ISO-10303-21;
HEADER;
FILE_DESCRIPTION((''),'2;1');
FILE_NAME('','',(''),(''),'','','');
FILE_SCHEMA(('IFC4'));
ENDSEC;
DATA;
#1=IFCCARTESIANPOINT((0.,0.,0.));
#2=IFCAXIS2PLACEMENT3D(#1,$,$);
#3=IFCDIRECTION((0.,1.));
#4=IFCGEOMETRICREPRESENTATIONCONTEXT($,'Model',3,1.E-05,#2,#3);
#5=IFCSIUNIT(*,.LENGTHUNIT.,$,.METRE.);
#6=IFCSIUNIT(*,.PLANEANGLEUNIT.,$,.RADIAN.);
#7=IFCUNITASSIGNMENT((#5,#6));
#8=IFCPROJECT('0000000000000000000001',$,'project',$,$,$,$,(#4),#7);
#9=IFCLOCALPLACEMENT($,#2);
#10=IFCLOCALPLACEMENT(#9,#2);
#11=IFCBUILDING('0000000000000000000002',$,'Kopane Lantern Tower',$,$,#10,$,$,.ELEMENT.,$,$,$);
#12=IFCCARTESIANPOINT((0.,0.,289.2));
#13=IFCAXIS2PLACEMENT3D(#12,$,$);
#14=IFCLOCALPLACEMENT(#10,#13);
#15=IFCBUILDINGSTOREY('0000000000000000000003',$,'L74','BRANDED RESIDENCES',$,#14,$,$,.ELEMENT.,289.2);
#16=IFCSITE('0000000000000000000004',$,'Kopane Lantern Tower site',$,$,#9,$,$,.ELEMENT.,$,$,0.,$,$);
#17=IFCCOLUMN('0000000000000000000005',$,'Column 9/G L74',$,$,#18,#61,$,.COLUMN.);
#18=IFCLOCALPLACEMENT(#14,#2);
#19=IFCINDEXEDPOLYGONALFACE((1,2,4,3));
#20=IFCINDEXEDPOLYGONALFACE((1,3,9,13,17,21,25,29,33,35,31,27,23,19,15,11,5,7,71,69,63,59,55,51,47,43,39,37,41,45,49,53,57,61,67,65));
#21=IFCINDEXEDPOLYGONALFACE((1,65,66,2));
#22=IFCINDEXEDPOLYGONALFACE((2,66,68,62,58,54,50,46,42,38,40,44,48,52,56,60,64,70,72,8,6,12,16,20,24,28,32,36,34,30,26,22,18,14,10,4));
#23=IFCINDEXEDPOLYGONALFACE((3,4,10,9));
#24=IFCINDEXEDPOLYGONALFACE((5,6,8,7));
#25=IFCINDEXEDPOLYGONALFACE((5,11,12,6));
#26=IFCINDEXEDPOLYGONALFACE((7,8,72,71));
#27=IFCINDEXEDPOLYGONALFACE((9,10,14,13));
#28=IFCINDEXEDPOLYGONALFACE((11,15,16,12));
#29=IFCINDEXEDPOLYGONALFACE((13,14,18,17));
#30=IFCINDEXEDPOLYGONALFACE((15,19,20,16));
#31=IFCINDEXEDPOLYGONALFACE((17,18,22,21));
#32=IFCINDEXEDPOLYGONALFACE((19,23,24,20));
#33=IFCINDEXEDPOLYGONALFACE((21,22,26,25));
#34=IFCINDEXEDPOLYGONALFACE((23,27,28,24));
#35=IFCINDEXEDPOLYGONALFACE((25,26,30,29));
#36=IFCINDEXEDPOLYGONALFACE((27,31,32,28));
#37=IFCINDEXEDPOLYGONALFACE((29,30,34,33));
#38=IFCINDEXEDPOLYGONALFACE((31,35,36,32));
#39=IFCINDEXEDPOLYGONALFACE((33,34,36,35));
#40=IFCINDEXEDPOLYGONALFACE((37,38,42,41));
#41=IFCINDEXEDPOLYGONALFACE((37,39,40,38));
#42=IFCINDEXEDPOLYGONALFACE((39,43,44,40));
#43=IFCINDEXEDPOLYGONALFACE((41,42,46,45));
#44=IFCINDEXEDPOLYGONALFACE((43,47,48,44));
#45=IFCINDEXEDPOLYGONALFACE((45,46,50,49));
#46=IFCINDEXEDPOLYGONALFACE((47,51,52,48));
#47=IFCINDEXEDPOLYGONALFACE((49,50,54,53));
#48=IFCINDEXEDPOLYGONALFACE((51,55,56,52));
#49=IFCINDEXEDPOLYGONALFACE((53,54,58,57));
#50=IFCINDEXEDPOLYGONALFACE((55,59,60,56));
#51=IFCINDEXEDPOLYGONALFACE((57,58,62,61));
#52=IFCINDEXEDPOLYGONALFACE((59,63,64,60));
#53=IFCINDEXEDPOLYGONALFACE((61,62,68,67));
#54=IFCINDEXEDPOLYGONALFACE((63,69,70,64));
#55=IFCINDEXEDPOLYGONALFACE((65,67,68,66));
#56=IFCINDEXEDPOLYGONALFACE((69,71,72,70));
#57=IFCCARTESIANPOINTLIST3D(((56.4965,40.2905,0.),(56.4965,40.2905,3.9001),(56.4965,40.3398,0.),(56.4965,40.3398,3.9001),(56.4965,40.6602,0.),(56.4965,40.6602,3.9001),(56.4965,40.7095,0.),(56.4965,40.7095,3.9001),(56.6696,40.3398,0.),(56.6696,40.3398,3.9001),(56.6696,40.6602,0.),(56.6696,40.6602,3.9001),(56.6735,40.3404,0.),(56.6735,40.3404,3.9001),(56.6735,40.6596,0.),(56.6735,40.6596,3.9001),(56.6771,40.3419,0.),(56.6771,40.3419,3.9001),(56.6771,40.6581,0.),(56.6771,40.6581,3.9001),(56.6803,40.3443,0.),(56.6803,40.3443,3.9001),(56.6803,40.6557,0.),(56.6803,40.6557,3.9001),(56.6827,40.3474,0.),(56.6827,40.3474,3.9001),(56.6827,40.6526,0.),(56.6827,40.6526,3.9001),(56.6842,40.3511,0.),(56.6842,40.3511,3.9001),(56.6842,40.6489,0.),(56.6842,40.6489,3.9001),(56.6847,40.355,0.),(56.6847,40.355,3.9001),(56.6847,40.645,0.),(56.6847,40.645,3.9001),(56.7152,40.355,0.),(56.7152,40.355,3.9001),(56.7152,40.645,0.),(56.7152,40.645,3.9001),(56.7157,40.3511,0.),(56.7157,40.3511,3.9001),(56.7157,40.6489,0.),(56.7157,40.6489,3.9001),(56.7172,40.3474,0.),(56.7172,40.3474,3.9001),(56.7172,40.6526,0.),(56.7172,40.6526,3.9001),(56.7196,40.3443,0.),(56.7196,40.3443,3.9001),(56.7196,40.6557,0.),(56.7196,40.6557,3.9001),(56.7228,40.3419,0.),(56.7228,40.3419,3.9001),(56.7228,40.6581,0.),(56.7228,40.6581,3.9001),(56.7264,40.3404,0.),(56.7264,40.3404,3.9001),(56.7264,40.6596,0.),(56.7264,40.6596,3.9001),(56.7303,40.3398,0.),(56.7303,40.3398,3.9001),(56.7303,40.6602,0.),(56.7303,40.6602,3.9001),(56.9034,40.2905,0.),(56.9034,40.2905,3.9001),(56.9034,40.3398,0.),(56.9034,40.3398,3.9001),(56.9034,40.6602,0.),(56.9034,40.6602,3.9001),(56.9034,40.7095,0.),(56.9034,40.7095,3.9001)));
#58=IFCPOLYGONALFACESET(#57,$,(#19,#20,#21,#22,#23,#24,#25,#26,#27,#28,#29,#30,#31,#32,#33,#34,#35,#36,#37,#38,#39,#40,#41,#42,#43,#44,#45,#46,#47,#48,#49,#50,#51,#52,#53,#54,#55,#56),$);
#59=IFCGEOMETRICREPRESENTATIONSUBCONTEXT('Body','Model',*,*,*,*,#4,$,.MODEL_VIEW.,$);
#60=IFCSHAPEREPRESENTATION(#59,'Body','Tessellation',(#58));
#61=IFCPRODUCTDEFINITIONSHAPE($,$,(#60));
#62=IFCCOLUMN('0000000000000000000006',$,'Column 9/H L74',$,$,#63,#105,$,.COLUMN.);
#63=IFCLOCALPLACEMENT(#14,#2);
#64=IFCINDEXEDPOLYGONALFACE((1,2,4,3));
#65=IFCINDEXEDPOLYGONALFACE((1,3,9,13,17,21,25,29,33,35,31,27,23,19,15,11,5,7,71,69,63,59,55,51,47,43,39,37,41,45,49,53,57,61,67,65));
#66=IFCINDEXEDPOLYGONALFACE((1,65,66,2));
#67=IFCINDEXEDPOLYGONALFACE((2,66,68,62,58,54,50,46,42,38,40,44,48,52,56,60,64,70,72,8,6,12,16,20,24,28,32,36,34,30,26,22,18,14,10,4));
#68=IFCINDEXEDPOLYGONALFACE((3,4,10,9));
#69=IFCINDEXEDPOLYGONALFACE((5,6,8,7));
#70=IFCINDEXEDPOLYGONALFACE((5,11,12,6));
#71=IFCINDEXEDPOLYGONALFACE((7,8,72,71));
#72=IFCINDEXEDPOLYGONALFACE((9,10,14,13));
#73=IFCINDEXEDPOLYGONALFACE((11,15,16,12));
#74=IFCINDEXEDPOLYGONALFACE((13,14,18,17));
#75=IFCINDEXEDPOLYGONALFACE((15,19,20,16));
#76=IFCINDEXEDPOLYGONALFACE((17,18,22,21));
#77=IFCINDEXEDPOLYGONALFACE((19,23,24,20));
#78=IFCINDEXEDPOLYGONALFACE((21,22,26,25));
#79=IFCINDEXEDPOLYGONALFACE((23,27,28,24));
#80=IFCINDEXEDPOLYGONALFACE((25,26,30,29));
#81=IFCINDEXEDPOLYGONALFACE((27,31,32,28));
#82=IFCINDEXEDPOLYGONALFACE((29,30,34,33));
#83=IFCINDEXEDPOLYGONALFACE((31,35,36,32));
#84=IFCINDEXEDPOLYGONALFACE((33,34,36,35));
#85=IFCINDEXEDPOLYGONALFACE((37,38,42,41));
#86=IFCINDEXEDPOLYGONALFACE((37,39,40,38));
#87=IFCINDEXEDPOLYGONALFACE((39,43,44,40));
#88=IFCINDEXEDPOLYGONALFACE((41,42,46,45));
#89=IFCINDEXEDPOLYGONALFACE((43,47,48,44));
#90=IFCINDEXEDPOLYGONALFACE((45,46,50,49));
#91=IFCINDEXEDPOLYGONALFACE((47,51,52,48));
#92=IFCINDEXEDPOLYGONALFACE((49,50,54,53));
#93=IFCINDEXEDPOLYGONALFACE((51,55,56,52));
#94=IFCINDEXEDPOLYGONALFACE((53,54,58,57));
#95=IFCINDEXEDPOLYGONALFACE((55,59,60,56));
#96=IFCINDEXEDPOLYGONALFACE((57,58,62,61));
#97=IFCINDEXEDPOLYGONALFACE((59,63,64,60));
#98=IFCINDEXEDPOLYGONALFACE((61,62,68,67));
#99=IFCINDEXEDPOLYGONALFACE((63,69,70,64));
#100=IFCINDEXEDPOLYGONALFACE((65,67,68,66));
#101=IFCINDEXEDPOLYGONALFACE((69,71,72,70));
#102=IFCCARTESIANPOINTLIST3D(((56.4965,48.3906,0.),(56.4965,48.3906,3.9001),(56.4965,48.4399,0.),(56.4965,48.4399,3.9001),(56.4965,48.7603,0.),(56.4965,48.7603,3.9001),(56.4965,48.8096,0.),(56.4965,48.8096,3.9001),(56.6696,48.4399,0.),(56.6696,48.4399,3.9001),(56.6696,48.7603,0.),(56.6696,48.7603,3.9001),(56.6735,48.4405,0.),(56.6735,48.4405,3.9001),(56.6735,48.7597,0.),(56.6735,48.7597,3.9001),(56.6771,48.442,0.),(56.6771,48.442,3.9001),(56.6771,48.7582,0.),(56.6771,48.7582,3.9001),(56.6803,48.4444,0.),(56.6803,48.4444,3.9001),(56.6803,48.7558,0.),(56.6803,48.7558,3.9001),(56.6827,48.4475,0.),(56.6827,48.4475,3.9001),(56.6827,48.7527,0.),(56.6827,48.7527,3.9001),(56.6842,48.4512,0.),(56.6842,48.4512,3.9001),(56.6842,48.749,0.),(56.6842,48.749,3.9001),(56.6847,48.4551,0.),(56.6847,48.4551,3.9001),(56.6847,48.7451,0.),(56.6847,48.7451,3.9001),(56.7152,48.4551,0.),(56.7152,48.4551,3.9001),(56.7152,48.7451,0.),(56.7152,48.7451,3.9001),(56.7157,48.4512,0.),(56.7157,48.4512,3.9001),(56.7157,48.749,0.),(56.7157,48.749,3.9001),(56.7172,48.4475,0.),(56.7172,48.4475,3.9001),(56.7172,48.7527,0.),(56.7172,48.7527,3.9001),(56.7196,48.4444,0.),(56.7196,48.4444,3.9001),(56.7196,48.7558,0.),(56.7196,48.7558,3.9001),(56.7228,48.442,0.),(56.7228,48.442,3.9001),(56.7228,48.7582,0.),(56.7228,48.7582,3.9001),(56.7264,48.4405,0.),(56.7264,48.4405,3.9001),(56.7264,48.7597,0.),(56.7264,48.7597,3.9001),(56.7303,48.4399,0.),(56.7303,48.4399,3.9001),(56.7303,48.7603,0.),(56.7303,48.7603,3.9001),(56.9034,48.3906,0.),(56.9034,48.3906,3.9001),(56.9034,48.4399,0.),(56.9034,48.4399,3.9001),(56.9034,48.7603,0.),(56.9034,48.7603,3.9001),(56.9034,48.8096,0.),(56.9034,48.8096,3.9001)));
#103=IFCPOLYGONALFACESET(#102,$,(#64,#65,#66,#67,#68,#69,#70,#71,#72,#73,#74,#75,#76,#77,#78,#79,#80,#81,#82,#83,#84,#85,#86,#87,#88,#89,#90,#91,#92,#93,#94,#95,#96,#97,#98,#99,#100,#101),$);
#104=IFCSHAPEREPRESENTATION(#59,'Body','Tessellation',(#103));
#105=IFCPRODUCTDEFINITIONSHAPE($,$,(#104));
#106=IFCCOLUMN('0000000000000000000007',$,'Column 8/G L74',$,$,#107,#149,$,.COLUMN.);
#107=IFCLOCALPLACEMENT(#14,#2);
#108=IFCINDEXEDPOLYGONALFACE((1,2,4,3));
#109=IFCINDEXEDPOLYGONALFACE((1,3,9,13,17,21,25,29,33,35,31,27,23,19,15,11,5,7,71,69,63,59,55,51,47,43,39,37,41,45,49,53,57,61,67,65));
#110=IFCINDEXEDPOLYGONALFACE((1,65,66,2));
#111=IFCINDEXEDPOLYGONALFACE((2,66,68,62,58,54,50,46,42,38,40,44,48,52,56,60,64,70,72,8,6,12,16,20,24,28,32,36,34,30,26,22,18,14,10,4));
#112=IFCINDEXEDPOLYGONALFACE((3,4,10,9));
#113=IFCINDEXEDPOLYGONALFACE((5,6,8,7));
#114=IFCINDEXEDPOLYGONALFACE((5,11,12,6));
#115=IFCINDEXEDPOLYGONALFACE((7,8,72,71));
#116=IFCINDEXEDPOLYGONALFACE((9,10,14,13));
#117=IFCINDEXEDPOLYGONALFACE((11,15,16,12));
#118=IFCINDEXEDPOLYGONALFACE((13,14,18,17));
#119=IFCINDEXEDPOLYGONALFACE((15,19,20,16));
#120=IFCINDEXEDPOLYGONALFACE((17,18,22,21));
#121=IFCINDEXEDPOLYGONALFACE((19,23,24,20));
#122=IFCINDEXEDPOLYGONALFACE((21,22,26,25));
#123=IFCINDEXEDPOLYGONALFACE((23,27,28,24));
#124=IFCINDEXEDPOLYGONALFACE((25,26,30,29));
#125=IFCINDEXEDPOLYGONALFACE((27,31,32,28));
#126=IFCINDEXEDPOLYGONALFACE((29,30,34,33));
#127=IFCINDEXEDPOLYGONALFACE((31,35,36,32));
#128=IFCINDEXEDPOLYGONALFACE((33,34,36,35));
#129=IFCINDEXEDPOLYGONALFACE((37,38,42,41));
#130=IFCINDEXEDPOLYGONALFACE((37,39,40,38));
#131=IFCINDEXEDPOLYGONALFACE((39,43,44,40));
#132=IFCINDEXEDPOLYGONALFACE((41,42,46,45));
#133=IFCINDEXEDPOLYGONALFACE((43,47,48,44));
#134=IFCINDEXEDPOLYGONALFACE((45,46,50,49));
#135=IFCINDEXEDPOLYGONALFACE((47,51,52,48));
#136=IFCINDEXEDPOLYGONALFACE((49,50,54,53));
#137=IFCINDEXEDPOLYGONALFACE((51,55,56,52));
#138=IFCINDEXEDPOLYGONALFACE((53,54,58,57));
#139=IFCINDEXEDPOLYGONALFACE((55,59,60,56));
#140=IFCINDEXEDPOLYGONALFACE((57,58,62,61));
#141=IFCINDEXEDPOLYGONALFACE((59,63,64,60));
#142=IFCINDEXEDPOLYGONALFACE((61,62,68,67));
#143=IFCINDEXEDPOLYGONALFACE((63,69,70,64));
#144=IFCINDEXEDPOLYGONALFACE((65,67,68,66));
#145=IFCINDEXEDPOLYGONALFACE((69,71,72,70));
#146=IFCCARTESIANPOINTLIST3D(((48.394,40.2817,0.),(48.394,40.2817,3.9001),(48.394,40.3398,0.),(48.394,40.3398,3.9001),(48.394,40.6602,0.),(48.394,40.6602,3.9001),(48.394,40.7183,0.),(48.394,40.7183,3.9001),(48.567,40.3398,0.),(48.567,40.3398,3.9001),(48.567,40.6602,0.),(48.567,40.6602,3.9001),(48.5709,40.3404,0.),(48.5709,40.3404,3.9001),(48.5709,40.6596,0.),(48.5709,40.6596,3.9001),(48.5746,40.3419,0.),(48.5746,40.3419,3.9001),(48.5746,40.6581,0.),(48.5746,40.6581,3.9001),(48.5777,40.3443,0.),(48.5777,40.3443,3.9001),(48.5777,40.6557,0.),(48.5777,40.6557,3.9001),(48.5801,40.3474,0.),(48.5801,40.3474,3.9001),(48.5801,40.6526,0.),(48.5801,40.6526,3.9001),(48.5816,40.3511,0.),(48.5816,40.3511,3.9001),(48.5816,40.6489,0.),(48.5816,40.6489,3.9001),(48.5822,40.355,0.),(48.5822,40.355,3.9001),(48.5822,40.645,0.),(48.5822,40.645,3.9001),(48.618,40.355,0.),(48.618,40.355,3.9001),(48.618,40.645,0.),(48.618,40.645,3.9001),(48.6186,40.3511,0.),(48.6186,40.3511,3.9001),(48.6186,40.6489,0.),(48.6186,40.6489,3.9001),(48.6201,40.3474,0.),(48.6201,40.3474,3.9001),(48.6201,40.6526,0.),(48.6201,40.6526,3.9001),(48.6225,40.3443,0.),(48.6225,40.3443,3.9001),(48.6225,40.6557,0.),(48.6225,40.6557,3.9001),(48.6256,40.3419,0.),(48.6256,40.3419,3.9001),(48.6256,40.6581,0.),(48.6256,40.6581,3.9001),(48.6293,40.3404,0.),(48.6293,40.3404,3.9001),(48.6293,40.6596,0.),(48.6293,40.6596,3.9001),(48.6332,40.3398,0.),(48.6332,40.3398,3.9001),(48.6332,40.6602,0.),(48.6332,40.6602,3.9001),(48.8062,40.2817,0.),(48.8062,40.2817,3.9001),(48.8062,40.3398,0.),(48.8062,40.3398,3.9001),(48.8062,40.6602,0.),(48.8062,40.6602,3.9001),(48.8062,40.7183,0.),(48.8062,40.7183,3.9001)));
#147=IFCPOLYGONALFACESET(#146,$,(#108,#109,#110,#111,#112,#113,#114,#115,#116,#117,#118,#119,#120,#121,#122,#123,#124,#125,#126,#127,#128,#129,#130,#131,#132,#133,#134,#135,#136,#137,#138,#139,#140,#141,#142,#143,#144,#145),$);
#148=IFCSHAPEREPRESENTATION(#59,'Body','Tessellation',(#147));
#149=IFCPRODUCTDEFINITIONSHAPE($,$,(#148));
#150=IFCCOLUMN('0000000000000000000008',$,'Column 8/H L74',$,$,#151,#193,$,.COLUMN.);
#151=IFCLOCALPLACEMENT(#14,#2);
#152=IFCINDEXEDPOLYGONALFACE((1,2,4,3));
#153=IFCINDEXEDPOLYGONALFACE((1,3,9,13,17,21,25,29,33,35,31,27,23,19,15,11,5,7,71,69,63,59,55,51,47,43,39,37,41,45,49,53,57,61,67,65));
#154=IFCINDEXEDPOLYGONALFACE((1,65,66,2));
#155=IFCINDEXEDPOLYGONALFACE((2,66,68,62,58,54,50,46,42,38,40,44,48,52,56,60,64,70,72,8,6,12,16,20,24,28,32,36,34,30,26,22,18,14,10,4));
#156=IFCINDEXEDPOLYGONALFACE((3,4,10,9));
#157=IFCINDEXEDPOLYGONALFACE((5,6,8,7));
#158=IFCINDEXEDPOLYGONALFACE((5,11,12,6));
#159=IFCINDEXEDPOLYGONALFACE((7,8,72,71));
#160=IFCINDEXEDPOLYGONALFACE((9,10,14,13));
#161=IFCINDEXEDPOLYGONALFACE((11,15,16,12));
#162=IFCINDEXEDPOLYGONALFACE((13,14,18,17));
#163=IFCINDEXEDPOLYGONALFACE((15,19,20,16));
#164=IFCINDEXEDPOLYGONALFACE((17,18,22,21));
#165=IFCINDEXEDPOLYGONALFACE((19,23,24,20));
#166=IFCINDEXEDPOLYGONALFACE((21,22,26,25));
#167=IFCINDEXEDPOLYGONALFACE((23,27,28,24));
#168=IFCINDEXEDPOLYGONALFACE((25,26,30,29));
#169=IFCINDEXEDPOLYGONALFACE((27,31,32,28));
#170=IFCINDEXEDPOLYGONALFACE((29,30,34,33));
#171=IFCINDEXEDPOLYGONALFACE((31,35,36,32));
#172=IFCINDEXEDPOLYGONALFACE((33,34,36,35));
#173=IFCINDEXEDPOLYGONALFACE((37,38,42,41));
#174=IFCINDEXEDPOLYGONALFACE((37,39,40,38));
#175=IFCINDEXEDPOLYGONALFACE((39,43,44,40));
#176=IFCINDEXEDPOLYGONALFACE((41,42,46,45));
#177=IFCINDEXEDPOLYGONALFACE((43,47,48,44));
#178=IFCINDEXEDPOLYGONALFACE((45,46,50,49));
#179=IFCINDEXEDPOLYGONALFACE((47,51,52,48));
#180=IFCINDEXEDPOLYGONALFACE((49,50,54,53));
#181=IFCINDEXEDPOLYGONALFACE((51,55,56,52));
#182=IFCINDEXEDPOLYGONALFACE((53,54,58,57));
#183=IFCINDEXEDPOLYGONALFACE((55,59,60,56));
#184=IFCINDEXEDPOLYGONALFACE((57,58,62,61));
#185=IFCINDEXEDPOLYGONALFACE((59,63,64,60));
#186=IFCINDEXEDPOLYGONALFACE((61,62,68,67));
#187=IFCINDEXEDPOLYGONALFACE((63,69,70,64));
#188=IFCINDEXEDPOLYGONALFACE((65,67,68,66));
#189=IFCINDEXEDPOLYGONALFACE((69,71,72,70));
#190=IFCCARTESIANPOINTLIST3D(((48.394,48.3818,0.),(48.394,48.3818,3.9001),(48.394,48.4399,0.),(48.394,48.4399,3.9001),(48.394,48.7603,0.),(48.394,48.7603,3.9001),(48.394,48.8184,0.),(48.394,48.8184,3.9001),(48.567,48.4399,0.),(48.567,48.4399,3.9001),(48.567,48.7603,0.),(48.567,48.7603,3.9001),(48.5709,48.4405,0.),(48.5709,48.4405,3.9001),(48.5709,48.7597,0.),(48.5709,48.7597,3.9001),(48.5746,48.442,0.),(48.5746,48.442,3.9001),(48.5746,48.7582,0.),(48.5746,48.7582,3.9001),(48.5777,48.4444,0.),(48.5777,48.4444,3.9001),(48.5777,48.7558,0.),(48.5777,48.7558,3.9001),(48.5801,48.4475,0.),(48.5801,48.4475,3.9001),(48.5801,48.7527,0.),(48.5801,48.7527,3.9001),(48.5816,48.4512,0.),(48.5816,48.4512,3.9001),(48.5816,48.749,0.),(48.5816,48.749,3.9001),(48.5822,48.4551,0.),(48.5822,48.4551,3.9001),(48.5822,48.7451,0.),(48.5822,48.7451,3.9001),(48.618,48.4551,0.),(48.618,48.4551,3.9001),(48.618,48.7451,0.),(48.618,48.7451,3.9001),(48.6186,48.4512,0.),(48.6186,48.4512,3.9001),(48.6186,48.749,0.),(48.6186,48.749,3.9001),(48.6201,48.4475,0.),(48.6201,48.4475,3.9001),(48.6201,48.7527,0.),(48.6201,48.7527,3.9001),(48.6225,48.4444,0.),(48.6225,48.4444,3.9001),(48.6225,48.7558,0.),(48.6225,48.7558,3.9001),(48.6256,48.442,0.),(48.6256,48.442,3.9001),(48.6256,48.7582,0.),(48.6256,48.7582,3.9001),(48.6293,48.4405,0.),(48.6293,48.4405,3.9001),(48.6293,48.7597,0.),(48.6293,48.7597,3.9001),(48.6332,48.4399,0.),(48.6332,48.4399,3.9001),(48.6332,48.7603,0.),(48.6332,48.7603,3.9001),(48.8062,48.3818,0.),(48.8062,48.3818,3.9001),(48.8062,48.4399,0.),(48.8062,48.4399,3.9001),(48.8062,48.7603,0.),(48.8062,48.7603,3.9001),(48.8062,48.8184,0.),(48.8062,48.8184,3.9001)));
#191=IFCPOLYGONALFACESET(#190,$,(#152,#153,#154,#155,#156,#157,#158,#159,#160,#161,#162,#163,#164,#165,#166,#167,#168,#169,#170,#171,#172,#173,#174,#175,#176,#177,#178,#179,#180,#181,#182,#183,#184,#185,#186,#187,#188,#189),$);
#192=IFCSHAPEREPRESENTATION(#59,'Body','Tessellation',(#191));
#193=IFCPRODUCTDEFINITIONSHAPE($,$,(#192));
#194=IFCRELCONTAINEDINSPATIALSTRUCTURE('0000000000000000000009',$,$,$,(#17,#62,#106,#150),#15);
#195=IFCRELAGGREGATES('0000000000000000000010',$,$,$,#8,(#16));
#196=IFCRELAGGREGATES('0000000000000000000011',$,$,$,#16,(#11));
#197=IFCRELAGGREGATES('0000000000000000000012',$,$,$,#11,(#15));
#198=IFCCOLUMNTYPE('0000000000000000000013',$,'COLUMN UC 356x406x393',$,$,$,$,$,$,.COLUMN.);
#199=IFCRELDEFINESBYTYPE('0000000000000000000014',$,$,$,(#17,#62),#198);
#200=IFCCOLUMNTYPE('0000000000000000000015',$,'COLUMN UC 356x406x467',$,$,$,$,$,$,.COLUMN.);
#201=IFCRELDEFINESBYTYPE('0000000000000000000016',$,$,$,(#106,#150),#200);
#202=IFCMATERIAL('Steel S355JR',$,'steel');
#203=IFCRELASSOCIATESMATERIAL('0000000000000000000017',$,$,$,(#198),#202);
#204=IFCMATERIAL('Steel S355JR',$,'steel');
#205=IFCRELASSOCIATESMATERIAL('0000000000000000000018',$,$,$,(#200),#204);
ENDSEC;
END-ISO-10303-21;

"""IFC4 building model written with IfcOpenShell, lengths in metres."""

from ifc_helpers import new_model, si_unit, direction, frame, origin, origin_2d, place, context, subcontext, project, spatial, i_section, extrude, material, material_profile, profile_set, type_object, element, save


model = new_model("IFC4")

# Units and contexts
model_context = context("Model", 3, precision=1e-05, world=origin(), true_north=direction((0.0, 1.0)))
body_context = subcontext(model_context, "Body", "Model", "MODEL_VIEW")
ifc_project = project(units=[si_unit("LENGTHUNIT", "METRE"), si_unit("PLANEANGLEUNIT", "RADIAN")], contexts=[model_context])

# Site, building, storey
site_placement = place(None, origin())
site = spatial("IfcSite", under=ifc_project, at=site_placement, Name="Kopane Lantern Tower site", CompositionType="ELEMENT", RefElevation=0.0)
building_placement = place(site_placement, origin())
building = spatial("IfcBuilding", under=site, at=building_placement, Name="Kopane Lantern Tower", CompositionType="ELEMENT")
storey_placement = place(building_placement, frame((0.0, 0.0, 289.2)))
storey = spatial("IfcBuildingStorey", under=building, at=storey_placement, Name="L74", Description="BRANDED RESIDENCES", CompositionType="ELEMENT", Elevation=289.2)

# Columns
ifc_material_1 = material(Name="Steel S355JR", Category="steel")
ifc_material_profile_1 = material_profile(ifc_material_1, i_section(OverallWidth=0.407, OverallDepth=0.4189, WebThickness=0.0305, FlangeThickness=0.0493, FilletRadius=0.0151, at=origin_2d()), Name="UC 356x406x393")
ifc_profile_set_1 = profile_set([ifc_material_profile_1], Name="Steel S355JR")
column_type_1 = type_object("IfcColumnType", Name="COLUMN UC 356x406x393", PredefinedType="COLUMN", material=ifc_profile_set_1)
for number, where, z_axis, x_axis, name in (
    (1, (56.7, 40.5, 0.0), (0.0, 0.0, 1.0), (1.0, 0.0, 0.0), "Column 9/G L74"),
    (2, (56.7, 48.6001, 0.0), (0.0, 0.0, 1.0), (1.0, 0.0, 0.0), "Column 9/H L74"),
):
    element("IfcColumn", number, at=place(storey_placement, frame(where, z_axis=z_axis, x_axis=x_axis)), inside=storey, type_object=column_type_1, Name=name, PredefinedType="COLUMN", context=body_context, shape_type="SweptSolid", body=[
        extrude(i_section(OverallWidth=0.407, OverallDepth=0.4189, WebThickness=0.0305, FlangeThickness=0.0493, FilletRadius=0.0151, at=origin_2d()), origin(), (0.0, 0.0, 1.0), 3.9001),
    ])
ifc_material_2 = material(Name="Steel S355JR", Category="steel")
ifc_material_profile_2 = material_profile(ifc_material_2, i_section(OverallWidth=0.4121, OverallDepth=0.4365, WebThickness=0.0359, FlangeThickness=0.0581, FilletRadius=0.0151, at=origin_2d()), Name="UC 356x406x467")
ifc_profile_set_2 = profile_set([ifc_material_profile_2], Name="Steel S355JR")
column_type_2 = type_object("IfcColumnType", Name="COLUMN UC 356x406x467", PredefinedType="COLUMN", material=ifc_profile_set_2)
for number, where, z_axis, x_axis, name in (
    (3, (48.6001, 40.5, 0.0), (0.0, 0.0, 1.0), (1.0, 0.0, 0.0), "Column 8/G L74"),
    (4, (48.6001, 48.6001, 0.0), (0.0, 0.0, 1.0), (1.0, 0.0, 0.0), "Column 8/H L74"),
):
    element("IfcColumn", number, at=place(storey_placement, frame(where, z_axis=z_axis, x_axis=x_axis)), inside=storey, type_object=column_type_2, Name=name, PredefinedType="COLUMN", context=body_context, shape_type="SweptSolid", body=[
        extrude(i_section(OverallWidth=0.4121, OverallDepth=0.4365, WebThickness=0.0359, FlangeThickness=0.0581, FilletRadius=0.0151, at=origin_2d()), origin(), (0.0, 0.0, 1.0), 3.9001),
    ])

save(model, "model.ifc")
